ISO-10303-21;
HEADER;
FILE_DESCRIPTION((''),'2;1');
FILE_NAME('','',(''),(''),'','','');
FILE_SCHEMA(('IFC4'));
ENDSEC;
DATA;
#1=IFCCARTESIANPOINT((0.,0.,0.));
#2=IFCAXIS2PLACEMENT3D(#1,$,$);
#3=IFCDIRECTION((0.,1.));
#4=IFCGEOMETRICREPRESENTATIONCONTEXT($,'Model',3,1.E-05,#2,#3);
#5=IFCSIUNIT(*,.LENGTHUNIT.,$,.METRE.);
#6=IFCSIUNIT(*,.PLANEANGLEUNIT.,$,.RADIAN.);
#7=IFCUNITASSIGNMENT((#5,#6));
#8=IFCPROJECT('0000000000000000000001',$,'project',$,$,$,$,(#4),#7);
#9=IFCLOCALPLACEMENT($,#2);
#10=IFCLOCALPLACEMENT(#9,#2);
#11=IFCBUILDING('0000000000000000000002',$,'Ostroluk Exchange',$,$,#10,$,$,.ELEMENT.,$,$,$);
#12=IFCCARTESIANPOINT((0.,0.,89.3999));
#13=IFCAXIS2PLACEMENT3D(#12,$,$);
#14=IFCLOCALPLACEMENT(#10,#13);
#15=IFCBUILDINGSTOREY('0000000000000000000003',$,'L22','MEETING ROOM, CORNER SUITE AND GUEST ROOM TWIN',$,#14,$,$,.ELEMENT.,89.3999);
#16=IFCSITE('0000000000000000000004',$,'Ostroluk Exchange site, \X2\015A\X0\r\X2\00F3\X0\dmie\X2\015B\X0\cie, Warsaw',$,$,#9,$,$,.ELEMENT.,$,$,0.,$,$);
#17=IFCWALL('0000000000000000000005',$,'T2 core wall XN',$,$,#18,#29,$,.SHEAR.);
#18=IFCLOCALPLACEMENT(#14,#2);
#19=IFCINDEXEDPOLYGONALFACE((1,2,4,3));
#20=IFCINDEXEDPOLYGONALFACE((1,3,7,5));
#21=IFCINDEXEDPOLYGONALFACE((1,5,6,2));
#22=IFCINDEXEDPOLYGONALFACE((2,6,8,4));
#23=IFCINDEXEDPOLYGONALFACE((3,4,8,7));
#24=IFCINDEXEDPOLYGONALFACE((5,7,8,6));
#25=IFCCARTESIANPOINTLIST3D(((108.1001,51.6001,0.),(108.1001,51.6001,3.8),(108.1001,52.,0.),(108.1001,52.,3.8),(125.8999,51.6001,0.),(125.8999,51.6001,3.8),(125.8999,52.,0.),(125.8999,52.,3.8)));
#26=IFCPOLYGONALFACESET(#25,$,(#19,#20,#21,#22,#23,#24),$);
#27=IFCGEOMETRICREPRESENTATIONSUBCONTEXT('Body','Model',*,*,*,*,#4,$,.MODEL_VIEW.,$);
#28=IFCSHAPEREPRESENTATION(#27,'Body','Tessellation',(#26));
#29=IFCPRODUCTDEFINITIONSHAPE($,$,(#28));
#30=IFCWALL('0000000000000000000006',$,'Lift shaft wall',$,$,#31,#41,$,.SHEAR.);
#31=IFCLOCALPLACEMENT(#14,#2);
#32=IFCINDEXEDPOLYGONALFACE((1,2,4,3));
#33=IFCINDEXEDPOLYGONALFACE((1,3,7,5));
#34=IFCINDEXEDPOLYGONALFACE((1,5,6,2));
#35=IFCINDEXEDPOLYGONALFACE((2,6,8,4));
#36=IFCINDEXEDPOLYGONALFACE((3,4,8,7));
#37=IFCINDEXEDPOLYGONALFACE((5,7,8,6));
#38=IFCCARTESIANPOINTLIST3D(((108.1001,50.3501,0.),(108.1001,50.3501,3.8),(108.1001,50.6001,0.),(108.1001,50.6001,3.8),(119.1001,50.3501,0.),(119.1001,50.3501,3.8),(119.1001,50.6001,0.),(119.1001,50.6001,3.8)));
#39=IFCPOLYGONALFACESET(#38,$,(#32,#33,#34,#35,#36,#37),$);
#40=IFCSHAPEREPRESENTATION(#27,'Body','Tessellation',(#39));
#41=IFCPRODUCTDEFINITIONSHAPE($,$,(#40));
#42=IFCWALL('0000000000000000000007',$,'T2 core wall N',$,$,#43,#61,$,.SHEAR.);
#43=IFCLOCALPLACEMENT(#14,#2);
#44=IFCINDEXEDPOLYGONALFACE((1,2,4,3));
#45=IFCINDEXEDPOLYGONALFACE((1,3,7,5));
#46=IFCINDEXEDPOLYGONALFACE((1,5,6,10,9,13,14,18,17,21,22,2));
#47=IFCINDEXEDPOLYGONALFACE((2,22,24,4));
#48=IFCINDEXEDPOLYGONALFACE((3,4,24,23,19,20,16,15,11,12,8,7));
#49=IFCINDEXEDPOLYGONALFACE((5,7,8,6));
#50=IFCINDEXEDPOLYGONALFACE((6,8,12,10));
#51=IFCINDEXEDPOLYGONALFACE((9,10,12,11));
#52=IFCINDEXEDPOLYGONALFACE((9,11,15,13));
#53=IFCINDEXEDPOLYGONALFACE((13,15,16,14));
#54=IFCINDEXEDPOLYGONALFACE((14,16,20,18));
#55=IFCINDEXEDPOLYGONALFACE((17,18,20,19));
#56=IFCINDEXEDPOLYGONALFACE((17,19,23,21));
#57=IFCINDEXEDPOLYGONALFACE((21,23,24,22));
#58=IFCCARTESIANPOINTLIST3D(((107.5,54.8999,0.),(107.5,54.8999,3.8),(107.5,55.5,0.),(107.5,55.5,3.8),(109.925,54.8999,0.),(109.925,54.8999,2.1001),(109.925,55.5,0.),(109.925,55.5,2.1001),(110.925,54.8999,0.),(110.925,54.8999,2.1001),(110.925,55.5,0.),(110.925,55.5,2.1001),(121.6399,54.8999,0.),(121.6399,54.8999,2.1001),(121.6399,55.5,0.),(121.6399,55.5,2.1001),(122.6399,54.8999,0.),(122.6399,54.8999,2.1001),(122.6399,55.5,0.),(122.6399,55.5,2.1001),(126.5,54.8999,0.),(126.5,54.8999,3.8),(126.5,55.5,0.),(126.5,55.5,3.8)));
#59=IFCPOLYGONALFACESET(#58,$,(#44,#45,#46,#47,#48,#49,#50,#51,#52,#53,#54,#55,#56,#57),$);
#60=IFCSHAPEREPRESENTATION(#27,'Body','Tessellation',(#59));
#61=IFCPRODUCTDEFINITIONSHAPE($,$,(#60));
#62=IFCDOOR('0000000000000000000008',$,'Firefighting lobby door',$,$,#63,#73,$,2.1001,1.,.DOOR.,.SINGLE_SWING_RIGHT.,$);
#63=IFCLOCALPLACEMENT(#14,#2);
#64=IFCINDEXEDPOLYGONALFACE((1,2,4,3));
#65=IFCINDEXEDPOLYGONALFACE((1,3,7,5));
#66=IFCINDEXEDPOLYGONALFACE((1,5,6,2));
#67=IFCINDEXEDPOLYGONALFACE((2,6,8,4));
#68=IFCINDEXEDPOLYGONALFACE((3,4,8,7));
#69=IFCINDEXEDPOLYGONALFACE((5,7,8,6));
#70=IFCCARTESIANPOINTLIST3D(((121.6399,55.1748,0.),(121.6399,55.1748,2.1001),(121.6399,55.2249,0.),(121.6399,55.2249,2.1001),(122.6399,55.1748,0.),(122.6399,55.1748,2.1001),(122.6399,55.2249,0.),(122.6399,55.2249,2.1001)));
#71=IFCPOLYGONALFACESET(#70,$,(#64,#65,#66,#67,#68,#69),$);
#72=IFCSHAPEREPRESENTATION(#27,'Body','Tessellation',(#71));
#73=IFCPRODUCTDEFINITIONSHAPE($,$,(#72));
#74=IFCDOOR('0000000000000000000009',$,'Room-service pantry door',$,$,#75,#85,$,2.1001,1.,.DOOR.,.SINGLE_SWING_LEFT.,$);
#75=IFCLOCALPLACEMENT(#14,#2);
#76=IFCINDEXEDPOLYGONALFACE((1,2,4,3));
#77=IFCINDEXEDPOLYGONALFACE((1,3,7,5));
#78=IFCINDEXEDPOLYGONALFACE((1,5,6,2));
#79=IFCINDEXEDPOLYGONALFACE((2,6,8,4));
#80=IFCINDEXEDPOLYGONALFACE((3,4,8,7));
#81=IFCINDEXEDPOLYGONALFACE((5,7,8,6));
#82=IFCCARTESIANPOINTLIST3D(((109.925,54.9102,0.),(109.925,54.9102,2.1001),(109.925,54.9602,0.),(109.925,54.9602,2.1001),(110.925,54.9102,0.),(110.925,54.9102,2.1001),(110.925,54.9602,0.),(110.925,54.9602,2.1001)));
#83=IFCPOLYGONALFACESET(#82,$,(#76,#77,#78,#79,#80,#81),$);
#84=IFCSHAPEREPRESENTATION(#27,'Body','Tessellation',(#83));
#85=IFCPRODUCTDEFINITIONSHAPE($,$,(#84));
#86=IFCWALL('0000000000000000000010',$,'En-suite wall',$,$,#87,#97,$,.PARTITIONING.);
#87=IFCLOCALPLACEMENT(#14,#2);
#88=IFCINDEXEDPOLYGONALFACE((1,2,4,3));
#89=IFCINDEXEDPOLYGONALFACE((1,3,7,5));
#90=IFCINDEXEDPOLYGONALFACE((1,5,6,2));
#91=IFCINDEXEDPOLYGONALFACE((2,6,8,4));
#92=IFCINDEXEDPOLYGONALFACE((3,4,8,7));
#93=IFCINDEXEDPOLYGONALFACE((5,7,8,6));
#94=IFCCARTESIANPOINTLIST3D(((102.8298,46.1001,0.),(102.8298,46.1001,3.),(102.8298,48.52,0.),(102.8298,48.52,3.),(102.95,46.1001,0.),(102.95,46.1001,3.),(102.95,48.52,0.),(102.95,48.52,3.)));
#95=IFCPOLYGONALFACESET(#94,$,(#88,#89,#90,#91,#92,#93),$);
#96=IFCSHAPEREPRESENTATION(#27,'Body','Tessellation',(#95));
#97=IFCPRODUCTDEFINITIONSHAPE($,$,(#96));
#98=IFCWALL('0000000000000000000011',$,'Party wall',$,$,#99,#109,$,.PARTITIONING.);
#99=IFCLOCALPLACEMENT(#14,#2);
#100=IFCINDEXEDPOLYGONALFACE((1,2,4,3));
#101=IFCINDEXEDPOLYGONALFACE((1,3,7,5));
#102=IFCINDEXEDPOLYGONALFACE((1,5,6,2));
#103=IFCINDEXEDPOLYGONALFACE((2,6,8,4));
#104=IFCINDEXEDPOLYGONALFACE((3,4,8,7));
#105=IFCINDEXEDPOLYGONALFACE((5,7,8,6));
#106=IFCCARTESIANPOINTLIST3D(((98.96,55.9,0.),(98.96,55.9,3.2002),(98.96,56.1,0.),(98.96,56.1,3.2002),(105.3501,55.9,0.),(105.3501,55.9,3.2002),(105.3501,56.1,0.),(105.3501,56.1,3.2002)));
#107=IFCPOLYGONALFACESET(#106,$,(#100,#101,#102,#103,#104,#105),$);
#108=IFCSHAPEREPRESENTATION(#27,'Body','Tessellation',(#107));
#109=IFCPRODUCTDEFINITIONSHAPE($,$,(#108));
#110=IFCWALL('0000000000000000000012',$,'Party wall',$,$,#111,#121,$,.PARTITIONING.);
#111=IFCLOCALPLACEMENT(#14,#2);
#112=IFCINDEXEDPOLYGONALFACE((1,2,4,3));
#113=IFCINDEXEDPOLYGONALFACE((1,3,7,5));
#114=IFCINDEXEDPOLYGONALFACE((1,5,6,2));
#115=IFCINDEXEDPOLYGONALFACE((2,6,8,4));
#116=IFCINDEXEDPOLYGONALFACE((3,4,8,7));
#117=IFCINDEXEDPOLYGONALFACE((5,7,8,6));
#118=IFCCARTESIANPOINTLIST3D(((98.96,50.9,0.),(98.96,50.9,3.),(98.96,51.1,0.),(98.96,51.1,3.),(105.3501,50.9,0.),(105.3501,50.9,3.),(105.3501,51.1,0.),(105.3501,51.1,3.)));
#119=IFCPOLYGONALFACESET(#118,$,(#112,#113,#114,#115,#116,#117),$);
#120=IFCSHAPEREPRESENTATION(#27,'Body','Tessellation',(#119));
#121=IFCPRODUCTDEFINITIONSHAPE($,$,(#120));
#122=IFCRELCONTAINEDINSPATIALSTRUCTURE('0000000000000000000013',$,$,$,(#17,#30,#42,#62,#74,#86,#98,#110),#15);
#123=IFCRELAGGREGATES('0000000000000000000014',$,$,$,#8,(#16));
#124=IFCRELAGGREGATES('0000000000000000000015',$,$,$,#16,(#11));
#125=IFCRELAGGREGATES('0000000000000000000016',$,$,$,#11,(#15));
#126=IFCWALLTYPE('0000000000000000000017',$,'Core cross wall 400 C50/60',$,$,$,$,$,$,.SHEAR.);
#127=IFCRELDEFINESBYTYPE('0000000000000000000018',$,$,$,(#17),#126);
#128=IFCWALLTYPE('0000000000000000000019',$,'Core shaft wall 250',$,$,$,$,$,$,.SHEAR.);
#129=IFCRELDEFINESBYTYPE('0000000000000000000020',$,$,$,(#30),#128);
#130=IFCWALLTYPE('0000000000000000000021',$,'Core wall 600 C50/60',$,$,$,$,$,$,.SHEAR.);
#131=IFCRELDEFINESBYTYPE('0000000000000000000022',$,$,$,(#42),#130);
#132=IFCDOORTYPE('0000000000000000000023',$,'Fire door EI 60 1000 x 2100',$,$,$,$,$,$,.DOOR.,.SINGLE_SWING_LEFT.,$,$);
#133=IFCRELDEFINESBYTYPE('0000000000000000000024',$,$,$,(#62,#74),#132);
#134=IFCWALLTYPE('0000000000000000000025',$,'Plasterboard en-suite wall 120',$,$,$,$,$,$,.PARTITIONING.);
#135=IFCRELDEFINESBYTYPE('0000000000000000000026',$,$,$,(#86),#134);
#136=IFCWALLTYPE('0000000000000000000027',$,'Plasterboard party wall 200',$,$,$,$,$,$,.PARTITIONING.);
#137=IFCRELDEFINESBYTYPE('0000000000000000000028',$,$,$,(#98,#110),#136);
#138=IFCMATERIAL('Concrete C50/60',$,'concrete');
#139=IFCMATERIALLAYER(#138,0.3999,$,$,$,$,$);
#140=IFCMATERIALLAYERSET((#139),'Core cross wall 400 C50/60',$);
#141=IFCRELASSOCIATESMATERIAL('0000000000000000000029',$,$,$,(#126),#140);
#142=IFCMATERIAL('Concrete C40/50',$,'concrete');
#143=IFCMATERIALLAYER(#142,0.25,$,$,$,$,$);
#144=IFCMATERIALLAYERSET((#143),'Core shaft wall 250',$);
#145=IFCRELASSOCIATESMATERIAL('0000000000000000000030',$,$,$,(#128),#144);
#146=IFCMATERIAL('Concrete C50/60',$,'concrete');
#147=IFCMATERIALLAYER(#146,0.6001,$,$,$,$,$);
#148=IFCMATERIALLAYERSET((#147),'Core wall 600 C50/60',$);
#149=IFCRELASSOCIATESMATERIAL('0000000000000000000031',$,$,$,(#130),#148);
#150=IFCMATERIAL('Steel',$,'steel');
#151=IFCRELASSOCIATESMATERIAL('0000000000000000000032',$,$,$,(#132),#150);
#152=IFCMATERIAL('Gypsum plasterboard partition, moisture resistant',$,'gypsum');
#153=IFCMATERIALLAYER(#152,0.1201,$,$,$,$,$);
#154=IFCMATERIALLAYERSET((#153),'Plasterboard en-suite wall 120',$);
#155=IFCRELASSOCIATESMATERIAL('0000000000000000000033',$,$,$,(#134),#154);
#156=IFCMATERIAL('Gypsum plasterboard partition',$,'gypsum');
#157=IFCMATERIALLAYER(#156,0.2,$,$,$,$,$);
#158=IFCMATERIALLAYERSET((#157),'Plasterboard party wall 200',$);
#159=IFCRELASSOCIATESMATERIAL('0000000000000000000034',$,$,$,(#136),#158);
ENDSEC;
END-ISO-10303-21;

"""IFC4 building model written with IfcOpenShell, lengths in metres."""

from ifc_helpers import new_model, si_unit, direction, frame, frame_2d, origin, place, context, subcontext, project, spatial, rectangle, extrude, material, layer, layer_set, type_object, element, fill, save


model = new_model("IFC4")

# Units and contexts
model_context = context("Model", 3, precision=1e-05, world=origin(), true_north=direction((0.0, 1.0)))
body_context = subcontext(model_context, "Body", "Model", "MODEL_VIEW")
ifc_project = project(units=[si_unit("LENGTHUNIT", "METRE"), si_unit("PLANEANGLEUNIT", "RADIAN")], contexts=[model_context])

# Site, building, storey
site_placement = place(None, origin())
site = spatial("IfcSite", under=ifc_project, at=site_placement, Name="Ostroluk Exchange site, Śródmieście, Warsaw", CompositionType="ELEMENT", RefElevation=0.0)
building_placement = place(site_placement, origin())
building = spatial("IfcBuilding", under=site, at=building_placement, Name="Ostroluk Exchange", CompositionType="ELEMENT")
storey_placement = place(building_placement, frame((0.0, 0.0, 89.3999)))
storey = spatial("IfcBuildingStorey", under=building, at=storey_placement, Name="L22", Description="MEETING ROOM, CORNER SUITE AND GUEST ROOM TWIN", CompositionType="ELEMENT", Elevation=89.3999)

# Walls
ifc_material_1 = material(Name="Concrete C50/60", Category="concrete")
ifc_layer_1 = layer(ifc_material_1, 0.3999)
ifc_layer_set_1 = layer_set([ifc_layer_1], Name="Core cross wall 400 C50/60")
wall_type_1 = type_object("IfcWallType", Name="Core cross wall 400 C50/60", PredefinedType="SHEAR", material=ifc_layer_set_1)
wall_1_placement = place(storey_placement, frame((108.1001, 51.8, 0.0), z_axis=(0.0, 0.0, 1.0), x_axis=(1.0, 0.0, 0.0)))
element("IfcWall", 1, at=wall_1_placement, inside=storey, type_object=wall_type_1, Name="T2 core wall XN", PredefinedType="SHEAR", context=body_context, shape_type="SweptSolid", body=[
    extrude(rectangle(XDim=17.7998, YDim=0.3999, at=frame_2d((8.8999, 0.0))), origin(), (0.0, 0.0, 1.0), 3.8),
])
ifc_material_2 = material(Name="Concrete C40/50", Category="concrete")
ifc_layer_2 = layer(ifc_material_2, 0.25)
ifc_layer_set_2 = layer_set([ifc_layer_2], Name="Core shaft wall 250")
wall_type_2 = type_object("IfcWallType", Name="Core shaft wall 250", PredefinedType="SHEAR", material=ifc_layer_set_2)
wall_2_placement = place(storey_placement, frame((108.1001, 50.4751, 0.0), z_axis=(0.0, 0.0, 1.0), x_axis=(1.0, 0.0, 0.0)))
element("IfcWall", 2, at=wall_2_placement, inside=storey, type_object=wall_type_2, Name="Lift shaft wall", PredefinedType="SHEAR", context=body_context, shape_type="SweptSolid", body=[
    extrude(rectangle(XDim=11.0, YDim=0.25, at=frame_2d((5.5, 0.0))), origin(), (0.0, 0.0, 1.0), 3.8),
])

# Wall, openings, doors
ifc_material_3 = material(Name="Concrete C50/60", Category="concrete")
ifc_layer_3 = layer(ifc_material_3, 0.6001)
ifc_layer_set_3 = layer_set([ifc_layer_3], Name="Core wall 600 C50/60")
wall_type_3 = type_object("IfcWallType", Name="Core wall 600 C50/60", PredefinedType="SHEAR", material=ifc_layer_set_3)
wall_3_placement = place(storey_placement, frame((107.5, 55.2, 0.0), z_axis=(0.0, 0.0, 1.0), x_axis=(1.0, 0.0, 0.0)))
wall_3 = element("IfcWall", 3, at=wall_3_placement, inside=storey, type_object=wall_type_3, Name="T2 core wall N", PredefinedType="SHEAR", context=body_context, shape_type="SweptSolid", body=[
    extrude(rectangle(XDim=19.0, YDim=0.6001, at=frame_2d((9.5, 0.0))), origin(), (0.0, 0.0, 1.0), 3.8),
])
opening_1_placement = place(wall_3_placement, frame((14.1399, 0.0, 0.0)))
opening_1 = element("IfcOpeningElement", 4, at=opening_1_placement, cuts=wall_3, PredefinedType="OPENING", context=body_context, shape_type="SweptSolid", body=[
    extrude(rectangle(XDim=1.0, YDim=2.1001, at=frame_2d((0.5, 1.05))), frame((0.0, 0.3101, 0.0), z_axis=(0.0, -1.0, 0.0), x_axis=(1.0, 0.0, 0.0)), (0.0, 0.0, 1.0), 0.6201),
])
opening_2_placement = place(wall_3_placement, frame((2.425, 0.0, 0.0)))
opening_2 = element("IfcOpeningElement", 5, at=opening_2_placement, cuts=wall_3, PredefinedType="OPENING", context=body_context, shape_type="SweptSolid", body=[
    extrude(rectangle(XDim=1.0, YDim=2.1001, at=frame_2d((0.5, 1.05))), frame((0.0, 0.3101, 0.0), z_axis=(0.0, -1.0, 0.0), x_axis=(1.0, 0.0, 0.0)), (0.0, 0.0, 1.0), 0.6201),
])
ifc_material_4 = material(Name="Steel", Category="steel")
door_type = type_object("IfcDoorType", Name="Fire door EI 60 1000 x 2100", OperationType="SINGLE_SWING_LEFT", PredefinedType="DOOR", material=ifc_material_4)
door_1_placement = place(opening_1_placement, origin())
door_1 = element("IfcDoor", 6, at=door_1_placement, inside=storey, type_object=door_type, Name="Firefighting lobby door", OperationType="SINGLE_SWING_RIGHT", OverallHeight=2.1001, OverallWidth=1.0, PredefinedType="DOOR", context=body_context, shape_type="SweptSolid", body=[
    extrude(rectangle(XDim=1.0, YDim=2.1001, at=frame_2d((0.5, 1.05))), frame((0.0, 0.0249, 0.0), z_axis=(0.0, -1.0, 0.0), x_axis=(1.0, 0.0, 0.0)), (0.0, 0.0, 1.0), 0.05),
])
fill(opening_1, door_1)
door_2_placement = place(opening_2_placement, origin())
door_2 = element("IfcDoor", 7, at=door_2_placement, inside=storey, type_object=door_type, Name="Room-service pantry door", OperationType="SINGLE_SWING_LEFT", OverallHeight=2.1001, OverallWidth=1.0, PredefinedType="DOOR", context=body_context, shape_type="SweptSolid", body=[
    extrude(rectangle(XDim=1.0, YDim=2.1001, at=frame_2d((0.5, 1.05))), frame((0.0, -0.2397, 0.0), z_axis=(0.0, -1.0, 0.0), x_axis=(1.0, 0.0, 0.0)), (0.0, 0.0, 1.0), 0.05),
])
fill(opening_2, door_2)

# Walls
ifc_material_5 = material(Name="Gypsum plasterboard partition, moisture resistant", Category="gypsum")
ifc_layer_4 = layer(ifc_material_5, 0.1201)
ifc_layer_set_4 = layer_set([ifc_layer_4], Name="Plasterboard en-suite wall 120")
wall_type_4 = type_object("IfcWallType", Name="Plasterboard en-suite wall 120", PredefinedType="PARTITIONING", material=ifc_layer_set_4)
wall_4_placement = place(storey_placement, frame((102.8899, 48.52, 0.0), z_axis=(0.0, 0.0, 1.0), x_axis=(0.0, -1.0, 0.0)))
element("IfcWall", 8, at=wall_4_placement, inside=storey, type_object=wall_type_4, Name="En-suite wall", PredefinedType="PARTITIONING", context=body_context, shape_type="SweptSolid", body=[
    extrude(rectangle(XDim=2.4199, YDim=0.1201, at=frame_2d((1.21, 0.0))), origin(), (0.0, 0.0, 1.0), 3.0),
])
ifc_material_6 = material(Name="Gypsum plasterboard partition", Category="gypsum")
ifc_layer_5 = layer(ifc_material_6, 0.2)
ifc_layer_set_5 = layer_set([ifc_layer_5], Name="Plasterboard party wall 200")
wall_type_5 = type_object("IfcWallType", Name="Plasterboard party wall 200", PredefinedType="PARTITIONING", material=ifc_layer_set_5)
wall_5_placement = place(storey_placement, frame((105.3501, 56.0, 0.0), z_axis=(0.0, 0.0, 1.0), x_axis=(-1.0, 0.0, 0.0)))
element("IfcWall", 9, at=wall_5_placement, inside=storey, type_object=wall_type_5, Name="Party wall", PredefinedType="PARTITIONING", context=body_context, shape_type="SweptSolid", body=[
    extrude(rectangle(XDim=6.3901, YDim=0.2, at=frame_2d((3.1951, 0.0))), origin(), (0.0, 0.0, 1.0), 3.2002),
])
wall_6_placement = place(storey_placement, frame((105.3501, 51.0, 0.0), z_axis=(0.0, 0.0, 1.0), x_axis=(-1.0, 0.0, 0.0)))
element("IfcWall", 10, at=wall_6_placement, inside=storey, type_object=wall_type_5, Name="Party wall", PredefinedType="PARTITIONING", context=body_context, shape_type="SweptSolid", body=[
    extrude(rectangle(XDim=6.3901, YDim=0.2, at=frame_2d((3.1951, 0.0))), origin(), (0.0, 0.0, 1.0), 3.0),
])

save(model, "model.ifc")
